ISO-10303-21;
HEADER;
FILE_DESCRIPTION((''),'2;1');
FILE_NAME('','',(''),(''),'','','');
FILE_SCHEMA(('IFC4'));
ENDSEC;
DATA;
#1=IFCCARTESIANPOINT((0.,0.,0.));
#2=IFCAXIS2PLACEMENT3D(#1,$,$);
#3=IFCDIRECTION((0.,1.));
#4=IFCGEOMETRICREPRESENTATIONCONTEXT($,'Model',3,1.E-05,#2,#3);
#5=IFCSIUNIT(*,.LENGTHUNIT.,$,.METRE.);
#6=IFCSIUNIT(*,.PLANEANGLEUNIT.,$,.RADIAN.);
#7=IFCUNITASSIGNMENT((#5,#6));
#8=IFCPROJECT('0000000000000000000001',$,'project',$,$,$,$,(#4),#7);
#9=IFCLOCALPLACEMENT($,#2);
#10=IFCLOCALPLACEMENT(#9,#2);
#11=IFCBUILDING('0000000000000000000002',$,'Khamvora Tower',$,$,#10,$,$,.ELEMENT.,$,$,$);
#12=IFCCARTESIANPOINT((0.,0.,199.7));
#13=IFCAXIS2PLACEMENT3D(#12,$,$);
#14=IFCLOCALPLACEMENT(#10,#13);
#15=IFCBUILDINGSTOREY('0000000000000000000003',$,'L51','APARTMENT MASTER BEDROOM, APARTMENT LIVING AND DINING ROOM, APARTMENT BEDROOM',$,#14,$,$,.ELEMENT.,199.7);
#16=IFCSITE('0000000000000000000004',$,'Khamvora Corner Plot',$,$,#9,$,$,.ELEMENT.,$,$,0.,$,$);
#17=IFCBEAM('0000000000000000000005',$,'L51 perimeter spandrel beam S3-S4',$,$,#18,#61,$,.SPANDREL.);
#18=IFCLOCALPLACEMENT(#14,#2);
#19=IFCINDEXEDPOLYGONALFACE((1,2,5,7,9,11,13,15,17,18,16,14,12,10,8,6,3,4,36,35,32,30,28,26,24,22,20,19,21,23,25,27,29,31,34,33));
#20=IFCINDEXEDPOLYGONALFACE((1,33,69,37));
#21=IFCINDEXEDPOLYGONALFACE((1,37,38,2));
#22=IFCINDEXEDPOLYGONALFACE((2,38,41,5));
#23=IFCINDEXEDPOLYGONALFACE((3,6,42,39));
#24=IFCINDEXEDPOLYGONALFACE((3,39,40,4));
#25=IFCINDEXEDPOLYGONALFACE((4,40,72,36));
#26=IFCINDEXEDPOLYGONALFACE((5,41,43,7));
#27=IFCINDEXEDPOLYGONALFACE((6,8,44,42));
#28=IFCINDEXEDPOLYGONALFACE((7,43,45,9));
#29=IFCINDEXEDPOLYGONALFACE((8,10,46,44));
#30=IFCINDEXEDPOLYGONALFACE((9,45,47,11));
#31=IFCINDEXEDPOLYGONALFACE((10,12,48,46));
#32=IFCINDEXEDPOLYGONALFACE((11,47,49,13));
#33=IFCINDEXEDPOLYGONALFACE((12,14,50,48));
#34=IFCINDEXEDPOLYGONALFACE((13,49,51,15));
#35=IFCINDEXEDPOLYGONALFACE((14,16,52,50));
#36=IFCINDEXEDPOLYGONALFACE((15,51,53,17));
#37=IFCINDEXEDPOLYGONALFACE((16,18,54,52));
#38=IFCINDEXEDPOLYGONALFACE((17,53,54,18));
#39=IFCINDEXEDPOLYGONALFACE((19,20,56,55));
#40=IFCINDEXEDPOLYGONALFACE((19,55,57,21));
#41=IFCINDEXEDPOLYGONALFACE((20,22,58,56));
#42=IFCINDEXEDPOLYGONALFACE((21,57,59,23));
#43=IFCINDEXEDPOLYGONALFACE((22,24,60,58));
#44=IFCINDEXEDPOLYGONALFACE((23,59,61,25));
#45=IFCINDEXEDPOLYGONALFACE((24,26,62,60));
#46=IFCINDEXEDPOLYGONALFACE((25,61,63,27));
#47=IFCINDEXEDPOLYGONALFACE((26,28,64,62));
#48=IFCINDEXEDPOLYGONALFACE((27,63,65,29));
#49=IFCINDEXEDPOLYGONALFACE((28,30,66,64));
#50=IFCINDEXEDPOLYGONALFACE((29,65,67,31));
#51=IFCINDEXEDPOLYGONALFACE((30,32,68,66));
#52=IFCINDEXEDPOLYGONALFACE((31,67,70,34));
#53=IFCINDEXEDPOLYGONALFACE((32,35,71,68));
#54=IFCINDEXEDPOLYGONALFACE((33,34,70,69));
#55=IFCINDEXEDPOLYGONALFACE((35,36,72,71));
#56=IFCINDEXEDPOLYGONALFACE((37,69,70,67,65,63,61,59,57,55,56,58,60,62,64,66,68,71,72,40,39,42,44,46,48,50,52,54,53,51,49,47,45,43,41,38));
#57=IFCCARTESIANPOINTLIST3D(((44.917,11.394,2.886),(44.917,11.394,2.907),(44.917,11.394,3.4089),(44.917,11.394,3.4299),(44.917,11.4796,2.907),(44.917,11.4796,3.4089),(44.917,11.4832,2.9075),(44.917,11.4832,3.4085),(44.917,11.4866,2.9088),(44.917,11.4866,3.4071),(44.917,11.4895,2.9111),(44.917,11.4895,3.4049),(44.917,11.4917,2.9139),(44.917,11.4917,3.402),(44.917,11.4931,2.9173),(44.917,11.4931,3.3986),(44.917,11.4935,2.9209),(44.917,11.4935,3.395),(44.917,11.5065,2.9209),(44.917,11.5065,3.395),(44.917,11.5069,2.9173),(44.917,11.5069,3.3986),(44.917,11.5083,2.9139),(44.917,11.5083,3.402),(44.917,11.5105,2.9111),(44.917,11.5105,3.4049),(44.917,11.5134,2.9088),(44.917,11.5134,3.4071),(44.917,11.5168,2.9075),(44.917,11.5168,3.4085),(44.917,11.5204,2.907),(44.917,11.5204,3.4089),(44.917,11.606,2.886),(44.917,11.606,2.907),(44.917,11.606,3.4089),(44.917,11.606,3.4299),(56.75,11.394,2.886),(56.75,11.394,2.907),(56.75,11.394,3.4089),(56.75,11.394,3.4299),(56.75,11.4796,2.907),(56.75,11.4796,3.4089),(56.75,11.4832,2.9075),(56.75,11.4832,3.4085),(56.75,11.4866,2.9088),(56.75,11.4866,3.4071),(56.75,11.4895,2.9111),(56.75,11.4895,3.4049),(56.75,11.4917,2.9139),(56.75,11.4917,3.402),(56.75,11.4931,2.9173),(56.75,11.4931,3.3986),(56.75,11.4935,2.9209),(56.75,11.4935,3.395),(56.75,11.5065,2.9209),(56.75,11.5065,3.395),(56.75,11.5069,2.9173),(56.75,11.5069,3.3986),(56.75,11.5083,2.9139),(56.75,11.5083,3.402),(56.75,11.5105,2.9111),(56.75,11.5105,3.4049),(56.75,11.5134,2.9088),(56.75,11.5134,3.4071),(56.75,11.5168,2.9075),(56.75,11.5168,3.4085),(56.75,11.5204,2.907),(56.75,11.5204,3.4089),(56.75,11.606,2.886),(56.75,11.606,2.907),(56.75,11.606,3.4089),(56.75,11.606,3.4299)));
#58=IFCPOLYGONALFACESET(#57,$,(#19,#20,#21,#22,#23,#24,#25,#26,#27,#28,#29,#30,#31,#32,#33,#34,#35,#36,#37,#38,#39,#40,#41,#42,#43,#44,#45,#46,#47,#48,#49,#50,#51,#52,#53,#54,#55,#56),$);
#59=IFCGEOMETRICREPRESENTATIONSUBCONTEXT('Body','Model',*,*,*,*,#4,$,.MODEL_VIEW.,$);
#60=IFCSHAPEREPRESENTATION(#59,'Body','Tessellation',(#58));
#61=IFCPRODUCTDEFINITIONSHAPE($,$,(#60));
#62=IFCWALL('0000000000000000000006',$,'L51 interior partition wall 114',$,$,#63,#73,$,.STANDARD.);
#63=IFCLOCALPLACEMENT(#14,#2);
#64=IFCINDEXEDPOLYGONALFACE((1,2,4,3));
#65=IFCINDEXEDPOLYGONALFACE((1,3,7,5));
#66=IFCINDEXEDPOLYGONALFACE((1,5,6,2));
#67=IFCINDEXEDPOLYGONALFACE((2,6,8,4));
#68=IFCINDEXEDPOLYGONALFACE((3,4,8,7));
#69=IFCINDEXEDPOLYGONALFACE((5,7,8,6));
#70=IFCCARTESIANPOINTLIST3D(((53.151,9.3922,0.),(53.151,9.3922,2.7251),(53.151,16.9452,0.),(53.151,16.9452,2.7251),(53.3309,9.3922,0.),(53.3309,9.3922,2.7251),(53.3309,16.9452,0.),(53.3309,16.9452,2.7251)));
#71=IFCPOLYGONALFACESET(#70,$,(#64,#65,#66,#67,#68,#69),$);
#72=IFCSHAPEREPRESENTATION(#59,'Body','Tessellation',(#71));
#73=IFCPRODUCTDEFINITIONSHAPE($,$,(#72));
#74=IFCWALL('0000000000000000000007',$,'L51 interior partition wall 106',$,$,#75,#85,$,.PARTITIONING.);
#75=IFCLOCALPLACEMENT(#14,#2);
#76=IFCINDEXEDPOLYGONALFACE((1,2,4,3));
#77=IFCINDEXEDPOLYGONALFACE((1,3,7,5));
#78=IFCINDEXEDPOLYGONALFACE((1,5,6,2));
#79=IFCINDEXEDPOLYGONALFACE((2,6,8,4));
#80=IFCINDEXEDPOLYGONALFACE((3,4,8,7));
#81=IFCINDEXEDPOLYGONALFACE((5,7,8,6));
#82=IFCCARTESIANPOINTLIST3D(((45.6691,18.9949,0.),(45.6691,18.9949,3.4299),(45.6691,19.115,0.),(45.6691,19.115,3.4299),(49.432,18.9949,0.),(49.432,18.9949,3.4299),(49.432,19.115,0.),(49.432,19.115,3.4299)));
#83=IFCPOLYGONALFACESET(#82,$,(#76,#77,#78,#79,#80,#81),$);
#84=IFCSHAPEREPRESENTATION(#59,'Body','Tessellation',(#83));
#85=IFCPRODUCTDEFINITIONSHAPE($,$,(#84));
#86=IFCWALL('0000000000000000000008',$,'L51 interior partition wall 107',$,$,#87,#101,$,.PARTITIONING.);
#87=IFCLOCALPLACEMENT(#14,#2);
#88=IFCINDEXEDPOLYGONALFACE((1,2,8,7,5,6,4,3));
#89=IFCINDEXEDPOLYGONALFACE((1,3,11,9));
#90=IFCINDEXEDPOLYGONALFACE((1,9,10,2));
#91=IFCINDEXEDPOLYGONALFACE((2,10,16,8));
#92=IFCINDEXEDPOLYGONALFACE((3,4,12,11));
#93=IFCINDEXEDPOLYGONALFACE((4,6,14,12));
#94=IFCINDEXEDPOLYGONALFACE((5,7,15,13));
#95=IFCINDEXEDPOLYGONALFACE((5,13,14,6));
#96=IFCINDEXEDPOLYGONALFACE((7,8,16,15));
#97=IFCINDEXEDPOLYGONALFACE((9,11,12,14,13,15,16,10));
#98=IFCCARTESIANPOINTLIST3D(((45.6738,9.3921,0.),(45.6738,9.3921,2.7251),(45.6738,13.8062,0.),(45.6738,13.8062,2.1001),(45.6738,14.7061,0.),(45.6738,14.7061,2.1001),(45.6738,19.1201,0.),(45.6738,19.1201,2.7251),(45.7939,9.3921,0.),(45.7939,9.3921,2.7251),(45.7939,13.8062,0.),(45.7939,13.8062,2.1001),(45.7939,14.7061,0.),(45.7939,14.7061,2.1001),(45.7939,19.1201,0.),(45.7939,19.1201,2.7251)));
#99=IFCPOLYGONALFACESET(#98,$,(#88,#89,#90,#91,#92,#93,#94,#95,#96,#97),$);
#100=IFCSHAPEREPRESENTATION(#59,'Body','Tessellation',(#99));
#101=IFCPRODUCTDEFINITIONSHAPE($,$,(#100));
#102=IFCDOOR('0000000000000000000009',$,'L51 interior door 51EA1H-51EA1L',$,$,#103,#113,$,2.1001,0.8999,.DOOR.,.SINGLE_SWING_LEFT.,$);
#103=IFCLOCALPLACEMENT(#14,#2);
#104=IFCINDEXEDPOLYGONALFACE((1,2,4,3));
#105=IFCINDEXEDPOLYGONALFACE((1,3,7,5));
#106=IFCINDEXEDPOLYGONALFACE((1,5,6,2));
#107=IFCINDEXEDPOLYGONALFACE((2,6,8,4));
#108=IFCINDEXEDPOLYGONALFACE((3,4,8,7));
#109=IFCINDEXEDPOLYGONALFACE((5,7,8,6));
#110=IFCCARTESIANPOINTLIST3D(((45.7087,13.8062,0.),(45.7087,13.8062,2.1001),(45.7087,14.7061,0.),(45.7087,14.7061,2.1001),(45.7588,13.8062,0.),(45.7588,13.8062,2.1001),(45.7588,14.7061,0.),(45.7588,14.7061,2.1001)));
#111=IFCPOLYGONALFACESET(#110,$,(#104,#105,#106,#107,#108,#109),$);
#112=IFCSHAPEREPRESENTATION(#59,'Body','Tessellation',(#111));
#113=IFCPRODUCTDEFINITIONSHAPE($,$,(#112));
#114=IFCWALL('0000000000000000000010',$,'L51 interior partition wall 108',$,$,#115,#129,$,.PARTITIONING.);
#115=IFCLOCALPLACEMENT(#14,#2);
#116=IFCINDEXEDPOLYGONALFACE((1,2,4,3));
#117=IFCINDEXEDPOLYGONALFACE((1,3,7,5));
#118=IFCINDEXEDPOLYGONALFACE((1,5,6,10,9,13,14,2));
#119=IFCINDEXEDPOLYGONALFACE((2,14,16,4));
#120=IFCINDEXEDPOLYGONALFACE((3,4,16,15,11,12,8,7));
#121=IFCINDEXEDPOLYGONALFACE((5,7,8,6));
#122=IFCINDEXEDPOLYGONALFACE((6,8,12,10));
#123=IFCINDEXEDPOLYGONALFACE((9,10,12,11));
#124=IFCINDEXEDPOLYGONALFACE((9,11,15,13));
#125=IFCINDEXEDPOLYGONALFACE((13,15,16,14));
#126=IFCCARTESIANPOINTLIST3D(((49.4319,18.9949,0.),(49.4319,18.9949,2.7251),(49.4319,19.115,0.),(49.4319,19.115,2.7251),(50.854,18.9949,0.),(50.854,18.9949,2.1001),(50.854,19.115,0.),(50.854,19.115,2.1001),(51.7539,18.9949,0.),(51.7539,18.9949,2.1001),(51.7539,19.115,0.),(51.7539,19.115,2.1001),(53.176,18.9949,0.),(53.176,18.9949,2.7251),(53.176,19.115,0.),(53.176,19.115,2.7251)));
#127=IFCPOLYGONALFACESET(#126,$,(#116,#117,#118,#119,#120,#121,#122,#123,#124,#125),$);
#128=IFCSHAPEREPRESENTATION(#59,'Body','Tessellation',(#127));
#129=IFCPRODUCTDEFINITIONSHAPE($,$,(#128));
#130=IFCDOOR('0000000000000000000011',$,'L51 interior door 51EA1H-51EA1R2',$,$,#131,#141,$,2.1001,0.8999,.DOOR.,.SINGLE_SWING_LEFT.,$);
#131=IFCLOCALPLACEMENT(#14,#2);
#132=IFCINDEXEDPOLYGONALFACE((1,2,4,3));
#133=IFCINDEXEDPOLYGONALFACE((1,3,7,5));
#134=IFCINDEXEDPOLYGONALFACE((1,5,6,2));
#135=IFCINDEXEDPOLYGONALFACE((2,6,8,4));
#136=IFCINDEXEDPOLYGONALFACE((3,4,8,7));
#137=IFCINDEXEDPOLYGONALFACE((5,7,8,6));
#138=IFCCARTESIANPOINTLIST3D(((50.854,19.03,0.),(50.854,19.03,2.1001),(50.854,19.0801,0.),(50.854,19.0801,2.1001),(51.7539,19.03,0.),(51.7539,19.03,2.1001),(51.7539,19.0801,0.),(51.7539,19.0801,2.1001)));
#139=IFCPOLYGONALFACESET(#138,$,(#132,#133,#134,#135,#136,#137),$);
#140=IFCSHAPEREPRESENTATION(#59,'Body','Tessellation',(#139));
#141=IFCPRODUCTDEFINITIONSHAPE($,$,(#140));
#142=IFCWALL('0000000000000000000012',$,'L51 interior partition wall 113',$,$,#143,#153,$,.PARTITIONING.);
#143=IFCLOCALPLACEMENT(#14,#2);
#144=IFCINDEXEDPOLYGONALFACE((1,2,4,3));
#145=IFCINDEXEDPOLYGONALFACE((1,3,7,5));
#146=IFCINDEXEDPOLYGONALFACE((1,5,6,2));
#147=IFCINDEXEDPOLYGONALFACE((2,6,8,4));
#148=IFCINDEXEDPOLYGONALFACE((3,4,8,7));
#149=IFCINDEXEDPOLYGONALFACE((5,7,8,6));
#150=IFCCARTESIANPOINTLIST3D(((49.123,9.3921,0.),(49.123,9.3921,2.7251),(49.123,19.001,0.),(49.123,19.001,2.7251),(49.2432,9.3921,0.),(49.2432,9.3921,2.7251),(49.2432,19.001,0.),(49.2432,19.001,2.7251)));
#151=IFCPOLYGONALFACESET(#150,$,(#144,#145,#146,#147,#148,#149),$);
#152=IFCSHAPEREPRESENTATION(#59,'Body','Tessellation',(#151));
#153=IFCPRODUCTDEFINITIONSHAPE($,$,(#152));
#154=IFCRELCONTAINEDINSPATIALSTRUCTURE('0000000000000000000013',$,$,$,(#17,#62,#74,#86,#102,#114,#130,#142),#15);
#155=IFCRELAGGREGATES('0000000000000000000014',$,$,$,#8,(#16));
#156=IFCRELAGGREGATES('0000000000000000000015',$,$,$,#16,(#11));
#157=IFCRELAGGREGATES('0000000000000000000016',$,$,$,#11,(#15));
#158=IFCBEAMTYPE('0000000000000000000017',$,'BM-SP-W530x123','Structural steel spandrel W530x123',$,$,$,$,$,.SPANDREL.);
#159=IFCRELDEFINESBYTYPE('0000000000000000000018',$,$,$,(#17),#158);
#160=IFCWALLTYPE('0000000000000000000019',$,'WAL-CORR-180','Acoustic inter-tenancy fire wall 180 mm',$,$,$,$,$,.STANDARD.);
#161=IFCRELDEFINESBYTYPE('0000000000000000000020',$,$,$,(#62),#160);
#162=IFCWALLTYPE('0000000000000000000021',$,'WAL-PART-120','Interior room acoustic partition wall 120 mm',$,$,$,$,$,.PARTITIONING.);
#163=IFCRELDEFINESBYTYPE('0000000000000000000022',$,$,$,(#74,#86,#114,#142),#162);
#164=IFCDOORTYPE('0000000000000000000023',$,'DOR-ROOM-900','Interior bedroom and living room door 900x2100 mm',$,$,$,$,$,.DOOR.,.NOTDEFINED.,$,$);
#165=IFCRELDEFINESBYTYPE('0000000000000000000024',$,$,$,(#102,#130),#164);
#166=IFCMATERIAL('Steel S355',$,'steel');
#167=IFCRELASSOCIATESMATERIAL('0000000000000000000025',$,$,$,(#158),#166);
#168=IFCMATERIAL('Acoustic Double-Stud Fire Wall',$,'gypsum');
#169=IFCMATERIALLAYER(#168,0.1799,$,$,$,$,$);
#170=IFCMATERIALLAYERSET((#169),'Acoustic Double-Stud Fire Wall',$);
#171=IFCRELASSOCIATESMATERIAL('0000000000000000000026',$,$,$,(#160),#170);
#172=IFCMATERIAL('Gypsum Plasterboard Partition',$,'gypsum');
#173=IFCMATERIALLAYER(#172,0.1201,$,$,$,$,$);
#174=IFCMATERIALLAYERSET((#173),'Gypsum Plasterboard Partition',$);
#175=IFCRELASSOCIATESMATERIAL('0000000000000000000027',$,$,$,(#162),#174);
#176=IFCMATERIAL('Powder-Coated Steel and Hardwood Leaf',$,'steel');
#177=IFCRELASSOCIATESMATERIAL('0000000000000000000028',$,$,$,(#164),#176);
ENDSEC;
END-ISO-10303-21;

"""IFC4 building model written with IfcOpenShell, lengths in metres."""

from ifc_helpers import new_model, si_unit, direction, frame, frame_2d, origin, origin_2d, place, context, subcontext, project, spatial, rectangle, i_section, extrude, material, layer, layer_set, material_profile, profile_set, type_object, element, fill, save


model = new_model("IFC4")

# Units and contexts
model_context = context("Model", 3, precision=1e-05, world=origin(), true_north=direction((0.0, 1.0)))
body_context = subcontext(model_context, "Body", "Model", "MODEL_VIEW")
ifc_project = project(units=[si_unit("LENGTHUNIT", "METRE"), si_unit("PLANEANGLEUNIT", "RADIAN")], contexts=[model_context])

# Site, building, storey
site_placement = place(None, origin())
site = spatial("IfcSite", under=ifc_project, at=site_placement, Name="Khamvora Corner Plot", CompositionType="ELEMENT", RefElevation=0.0)
building_placement = place(site_placement, origin())
building = spatial("IfcBuilding", under=site, at=building_placement, Name="Khamvora Tower", CompositionType="ELEMENT")
storey_placement = place(building_placement, frame((0.0, 0.0, 199.7)))
storey = spatial("IfcBuildingStorey", under=building, at=storey_placement, Name="L51", Description="APARTMENT MASTER BEDROOM, APARTMENT LIVING AND DINING ROOM, APARTMENT BEDROOM", CompositionType="ELEMENT", Elevation=199.7)

# Shared definitions
ifc_material_1 = material(Name="Steel S355", Category="steel")

# Beam
ifc_material_profile_1 = material_profile(ifc_material_1, i_section(OverallWidth=0.2119, OverallDepth=0.5439, WebThickness=0.0129, FlangeThickness=0.021, FilletRadius=0.0139, at=origin_2d()), Name="W530x123")
ifc_profile_set_1 = profile_set([ifc_material_profile_1], Name="Steel S355")
beam_type_1 = type_object("IfcBeamType", Name="BM-SP-W530x123", Description="Structural steel spandrel W530x123", PredefinedType="SPANDREL", material=ifc_profile_set_1)
beam_1_placement = place(storey_placement, frame((44.917, 11.5, 3.158), z_axis=(1.0, 0.0, 0.0), x_axis=(0.0, 1.0, 0.0)))
element("IfcBeam", 1, at=beam_1_placement, inside=storey, type_object=beam_type_1, Name="L51 perimeter spandrel beam S3-S4", PredefinedType="SPANDREL", context=body_context, shape_type="SweptSolid", body=[
    extrude(i_section(OverallWidth=0.2119, OverallDepth=0.5439, WebThickness=0.0129, FlangeThickness=0.021, FilletRadius=0.0139, at=origin_2d()), origin(), (0.0, 0.0, 1.0), 11.833),
])

# Walls
ifc_material_2 = material(Name="Acoustic Double-Stud Fire Wall", Category="gypsum")
ifc_layer_1 = layer(ifc_material_2, 0.1799)
ifc_layer_set_1 = layer_set([ifc_layer_1], Name="Acoustic Double-Stud Fire Wall")
wall_type_1 = type_object("IfcWallType", Name="WAL-CORR-180", Description="Acoustic inter-tenancy fire wall 180 mm", PredefinedType="STANDARD", material=ifc_layer_set_1)
wall_1_placement = place(storey_placement, frame((53.241, 16.9451, 0.0), z_axis=(0.0, 0.0, 1.0), x_axis=(0.0, -1.0, 0.0)))
element("IfcWall", 2, at=wall_1_placement, inside=storey, type_object=wall_type_1, Name="L51 interior partition wall 114", PredefinedType="STANDARD", context=body_context, shape_type="SweptSolid", body=[
    extrude(rectangle(XDim=7.553, YDim=0.1799, at=frame_2d((3.7764, 0.0))), origin(), (0.0, 0.0, 1.0), 2.7251),
])
ifc_material_3 = material(Name="Gypsum Plasterboard Partition", Category="gypsum")
ifc_layer_2 = layer(ifc_material_3, 0.1201)
ifc_layer_set_2 = layer_set([ifc_layer_2], Name="Gypsum Plasterboard Partition")
wall_type_2 = type_object("IfcWallType", Name="WAL-PART-120", Description="Interior room acoustic partition wall 120 mm", PredefinedType="PARTITIONING", material=ifc_layer_set_2)
wall_2_placement = place(storey_placement, frame((49.4319, 19.0549, 0.0), z_axis=(0.0, 0.0, 1.0), x_axis=(-1.0, 0.0, 0.0)))
element("IfcWall", 3, at=wall_2_placement, inside=storey, type_object=wall_type_2, Name="L51 interior partition wall 106", PredefinedType="PARTITIONING", context=body_context, shape_type="SweptSolid", body=[
    extrude(rectangle(XDim=3.7629, YDim=0.1201, at=frame_2d((1.8813, 0.0))), origin(), (0.0, 0.0, 1.0), 3.4299),
])

# Walls, openings, doors
wall_3_placement = place(storey_placement, frame((45.7339, 19.1201, 0.0), z_axis=(0.0, 0.0, 1.0), x_axis=(0.0, -1.0, 0.0)))
wall_3 = element("IfcWall", 4, at=wall_3_placement, inside=storey, type_object=wall_type_2, Name="L51 interior partition wall 107", PredefinedType="PARTITIONING", context=body_context, shape_type="SweptSolid", body=[
    extrude(rectangle(XDim=9.728, YDim=0.1201, at=frame_2d((4.864, 0.0))), origin(), (0.0, 0.0, 1.0), 2.7251),
])
opening_1_placement = place(wall_3_placement, frame((4.4141, 0.0, 0.0)))
opening_1 = element("IfcOpeningElement", 5, at=opening_1_placement, cuts=wall_3, PredefinedType="OPENING", context=body_context, shape_type="SweptSolid", body=[
    extrude(rectangle(XDim=0.8999, YDim=2.1001, at=frame_2d((0.45, 1.05))), frame((0.0, 0.0701, 0.0), z_axis=(0.0, -1.0, 0.0), x_axis=(1.0, 0.0, 0.0)), (0.0, 0.0, 1.0), 0.1401),
])
ifc_material_4 = material(Name="Powder-Coated Steel and Hardwood Leaf", Category="steel")
door_type = type_object("IfcDoorType", Name="DOR-ROOM-900", Description="Interior bedroom and living room door 900x2100 mm", OperationType="NOTDEFINED", PredefinedType="DOOR", material=ifc_material_4)
door_1_placement = place(opening_1_placement, origin())
door_1 = element("IfcDoor", 6, at=door_1_placement, inside=storey, type_object=door_type, Name="L51 interior door 51EA1H-51EA1L", OperationType="SINGLE_SWING_LEFT", OverallHeight=2.1001, OverallWidth=0.8999, PredefinedType="DOOR", context=body_context, shape_type="SweptSolid", body=[
    extrude(rectangle(XDim=0.8999, YDim=2.1001, at=frame_2d((0.45, 1.05))), frame((0.0, 0.0249, 0.0), z_axis=(0.0, -1.0, 0.0), x_axis=(1.0, 0.0, 0.0)), (0.0, 0.0, 1.0), 0.05),
])
fill(opening_1, door_1)
wall_4_placement = place(storey_placement, frame((53.176, 19.0549, 0.0), z_axis=(0.0, 0.0, 1.0), x_axis=(-1.0, 0.0, 0.0)))
wall_4 = element("IfcWall", 7, at=wall_4_placement, inside=storey, type_object=wall_type_2, Name="L51 interior partition wall 108", PredefinedType="PARTITIONING", context=body_context, shape_type="SweptSolid", body=[
    extrude(rectangle(XDim=3.7441, YDim=0.1201, at=frame_2d((1.8721, 0.0))), origin(), (0.0, 0.0, 1.0), 2.7251),
])
opening_2_placement = place(wall_4_placement, frame((1.4221, 0.0, 0.0)))
opening_2 = element("IfcOpeningElement", 8, at=opening_2_placement, cuts=wall_4, PredefinedType="OPENING", context=body_context, shape_type="SweptSolid", body=[
    extrude(rectangle(XDim=0.8999, YDim=2.1001, at=frame_2d((0.45, 1.05))), frame((0.0, 0.0701, 0.0), z_axis=(0.0, -1.0, 0.0), x_axis=(1.0, 0.0, 0.0)), (0.0, 0.0, 1.0), 0.1401),
])
door_2_placement = place(opening_2_placement, origin())
door_2 = element("IfcDoor", 9, at=door_2_placement, inside=storey, type_object=door_type, Name="L51 interior door 51EA1H-51EA1R2", OperationType="SINGLE_SWING_LEFT", OverallHeight=2.1001, OverallWidth=0.8999, PredefinedType="DOOR", context=body_context, shape_type="SweptSolid", body=[
    extrude(rectangle(XDim=0.8999, YDim=2.1001, at=frame_2d((0.45, 1.05))), frame((0.0, 0.0249, 0.0), z_axis=(0.0, -1.0, 0.0), x_axis=(1.0, 0.0, 0.0)), (0.0, 0.0, 1.0), 0.05),
])
fill(opening_2, door_2)

# Wall
wall_5_placement = place(storey_placement, frame((49.1831, 19.001, 0.0), z_axis=(0.0, 0.0, 1.0), x_axis=(0.0, -1.0, 0.0)))
element("IfcWall", 10, at=wall_5_placement, inside=storey, type_object=wall_type_2, Name="L51 interior partition wall 113", PredefinedType="PARTITIONING", context=body_context, shape_type="SweptSolid", body=[
    extrude(rectangle(XDim=9.6089, YDim=0.1201, at=frame_2d((4.8044, 0.0))), origin(), (0.0, 0.0, 1.0), 2.7251),
])

save(model, "model.ifc")
